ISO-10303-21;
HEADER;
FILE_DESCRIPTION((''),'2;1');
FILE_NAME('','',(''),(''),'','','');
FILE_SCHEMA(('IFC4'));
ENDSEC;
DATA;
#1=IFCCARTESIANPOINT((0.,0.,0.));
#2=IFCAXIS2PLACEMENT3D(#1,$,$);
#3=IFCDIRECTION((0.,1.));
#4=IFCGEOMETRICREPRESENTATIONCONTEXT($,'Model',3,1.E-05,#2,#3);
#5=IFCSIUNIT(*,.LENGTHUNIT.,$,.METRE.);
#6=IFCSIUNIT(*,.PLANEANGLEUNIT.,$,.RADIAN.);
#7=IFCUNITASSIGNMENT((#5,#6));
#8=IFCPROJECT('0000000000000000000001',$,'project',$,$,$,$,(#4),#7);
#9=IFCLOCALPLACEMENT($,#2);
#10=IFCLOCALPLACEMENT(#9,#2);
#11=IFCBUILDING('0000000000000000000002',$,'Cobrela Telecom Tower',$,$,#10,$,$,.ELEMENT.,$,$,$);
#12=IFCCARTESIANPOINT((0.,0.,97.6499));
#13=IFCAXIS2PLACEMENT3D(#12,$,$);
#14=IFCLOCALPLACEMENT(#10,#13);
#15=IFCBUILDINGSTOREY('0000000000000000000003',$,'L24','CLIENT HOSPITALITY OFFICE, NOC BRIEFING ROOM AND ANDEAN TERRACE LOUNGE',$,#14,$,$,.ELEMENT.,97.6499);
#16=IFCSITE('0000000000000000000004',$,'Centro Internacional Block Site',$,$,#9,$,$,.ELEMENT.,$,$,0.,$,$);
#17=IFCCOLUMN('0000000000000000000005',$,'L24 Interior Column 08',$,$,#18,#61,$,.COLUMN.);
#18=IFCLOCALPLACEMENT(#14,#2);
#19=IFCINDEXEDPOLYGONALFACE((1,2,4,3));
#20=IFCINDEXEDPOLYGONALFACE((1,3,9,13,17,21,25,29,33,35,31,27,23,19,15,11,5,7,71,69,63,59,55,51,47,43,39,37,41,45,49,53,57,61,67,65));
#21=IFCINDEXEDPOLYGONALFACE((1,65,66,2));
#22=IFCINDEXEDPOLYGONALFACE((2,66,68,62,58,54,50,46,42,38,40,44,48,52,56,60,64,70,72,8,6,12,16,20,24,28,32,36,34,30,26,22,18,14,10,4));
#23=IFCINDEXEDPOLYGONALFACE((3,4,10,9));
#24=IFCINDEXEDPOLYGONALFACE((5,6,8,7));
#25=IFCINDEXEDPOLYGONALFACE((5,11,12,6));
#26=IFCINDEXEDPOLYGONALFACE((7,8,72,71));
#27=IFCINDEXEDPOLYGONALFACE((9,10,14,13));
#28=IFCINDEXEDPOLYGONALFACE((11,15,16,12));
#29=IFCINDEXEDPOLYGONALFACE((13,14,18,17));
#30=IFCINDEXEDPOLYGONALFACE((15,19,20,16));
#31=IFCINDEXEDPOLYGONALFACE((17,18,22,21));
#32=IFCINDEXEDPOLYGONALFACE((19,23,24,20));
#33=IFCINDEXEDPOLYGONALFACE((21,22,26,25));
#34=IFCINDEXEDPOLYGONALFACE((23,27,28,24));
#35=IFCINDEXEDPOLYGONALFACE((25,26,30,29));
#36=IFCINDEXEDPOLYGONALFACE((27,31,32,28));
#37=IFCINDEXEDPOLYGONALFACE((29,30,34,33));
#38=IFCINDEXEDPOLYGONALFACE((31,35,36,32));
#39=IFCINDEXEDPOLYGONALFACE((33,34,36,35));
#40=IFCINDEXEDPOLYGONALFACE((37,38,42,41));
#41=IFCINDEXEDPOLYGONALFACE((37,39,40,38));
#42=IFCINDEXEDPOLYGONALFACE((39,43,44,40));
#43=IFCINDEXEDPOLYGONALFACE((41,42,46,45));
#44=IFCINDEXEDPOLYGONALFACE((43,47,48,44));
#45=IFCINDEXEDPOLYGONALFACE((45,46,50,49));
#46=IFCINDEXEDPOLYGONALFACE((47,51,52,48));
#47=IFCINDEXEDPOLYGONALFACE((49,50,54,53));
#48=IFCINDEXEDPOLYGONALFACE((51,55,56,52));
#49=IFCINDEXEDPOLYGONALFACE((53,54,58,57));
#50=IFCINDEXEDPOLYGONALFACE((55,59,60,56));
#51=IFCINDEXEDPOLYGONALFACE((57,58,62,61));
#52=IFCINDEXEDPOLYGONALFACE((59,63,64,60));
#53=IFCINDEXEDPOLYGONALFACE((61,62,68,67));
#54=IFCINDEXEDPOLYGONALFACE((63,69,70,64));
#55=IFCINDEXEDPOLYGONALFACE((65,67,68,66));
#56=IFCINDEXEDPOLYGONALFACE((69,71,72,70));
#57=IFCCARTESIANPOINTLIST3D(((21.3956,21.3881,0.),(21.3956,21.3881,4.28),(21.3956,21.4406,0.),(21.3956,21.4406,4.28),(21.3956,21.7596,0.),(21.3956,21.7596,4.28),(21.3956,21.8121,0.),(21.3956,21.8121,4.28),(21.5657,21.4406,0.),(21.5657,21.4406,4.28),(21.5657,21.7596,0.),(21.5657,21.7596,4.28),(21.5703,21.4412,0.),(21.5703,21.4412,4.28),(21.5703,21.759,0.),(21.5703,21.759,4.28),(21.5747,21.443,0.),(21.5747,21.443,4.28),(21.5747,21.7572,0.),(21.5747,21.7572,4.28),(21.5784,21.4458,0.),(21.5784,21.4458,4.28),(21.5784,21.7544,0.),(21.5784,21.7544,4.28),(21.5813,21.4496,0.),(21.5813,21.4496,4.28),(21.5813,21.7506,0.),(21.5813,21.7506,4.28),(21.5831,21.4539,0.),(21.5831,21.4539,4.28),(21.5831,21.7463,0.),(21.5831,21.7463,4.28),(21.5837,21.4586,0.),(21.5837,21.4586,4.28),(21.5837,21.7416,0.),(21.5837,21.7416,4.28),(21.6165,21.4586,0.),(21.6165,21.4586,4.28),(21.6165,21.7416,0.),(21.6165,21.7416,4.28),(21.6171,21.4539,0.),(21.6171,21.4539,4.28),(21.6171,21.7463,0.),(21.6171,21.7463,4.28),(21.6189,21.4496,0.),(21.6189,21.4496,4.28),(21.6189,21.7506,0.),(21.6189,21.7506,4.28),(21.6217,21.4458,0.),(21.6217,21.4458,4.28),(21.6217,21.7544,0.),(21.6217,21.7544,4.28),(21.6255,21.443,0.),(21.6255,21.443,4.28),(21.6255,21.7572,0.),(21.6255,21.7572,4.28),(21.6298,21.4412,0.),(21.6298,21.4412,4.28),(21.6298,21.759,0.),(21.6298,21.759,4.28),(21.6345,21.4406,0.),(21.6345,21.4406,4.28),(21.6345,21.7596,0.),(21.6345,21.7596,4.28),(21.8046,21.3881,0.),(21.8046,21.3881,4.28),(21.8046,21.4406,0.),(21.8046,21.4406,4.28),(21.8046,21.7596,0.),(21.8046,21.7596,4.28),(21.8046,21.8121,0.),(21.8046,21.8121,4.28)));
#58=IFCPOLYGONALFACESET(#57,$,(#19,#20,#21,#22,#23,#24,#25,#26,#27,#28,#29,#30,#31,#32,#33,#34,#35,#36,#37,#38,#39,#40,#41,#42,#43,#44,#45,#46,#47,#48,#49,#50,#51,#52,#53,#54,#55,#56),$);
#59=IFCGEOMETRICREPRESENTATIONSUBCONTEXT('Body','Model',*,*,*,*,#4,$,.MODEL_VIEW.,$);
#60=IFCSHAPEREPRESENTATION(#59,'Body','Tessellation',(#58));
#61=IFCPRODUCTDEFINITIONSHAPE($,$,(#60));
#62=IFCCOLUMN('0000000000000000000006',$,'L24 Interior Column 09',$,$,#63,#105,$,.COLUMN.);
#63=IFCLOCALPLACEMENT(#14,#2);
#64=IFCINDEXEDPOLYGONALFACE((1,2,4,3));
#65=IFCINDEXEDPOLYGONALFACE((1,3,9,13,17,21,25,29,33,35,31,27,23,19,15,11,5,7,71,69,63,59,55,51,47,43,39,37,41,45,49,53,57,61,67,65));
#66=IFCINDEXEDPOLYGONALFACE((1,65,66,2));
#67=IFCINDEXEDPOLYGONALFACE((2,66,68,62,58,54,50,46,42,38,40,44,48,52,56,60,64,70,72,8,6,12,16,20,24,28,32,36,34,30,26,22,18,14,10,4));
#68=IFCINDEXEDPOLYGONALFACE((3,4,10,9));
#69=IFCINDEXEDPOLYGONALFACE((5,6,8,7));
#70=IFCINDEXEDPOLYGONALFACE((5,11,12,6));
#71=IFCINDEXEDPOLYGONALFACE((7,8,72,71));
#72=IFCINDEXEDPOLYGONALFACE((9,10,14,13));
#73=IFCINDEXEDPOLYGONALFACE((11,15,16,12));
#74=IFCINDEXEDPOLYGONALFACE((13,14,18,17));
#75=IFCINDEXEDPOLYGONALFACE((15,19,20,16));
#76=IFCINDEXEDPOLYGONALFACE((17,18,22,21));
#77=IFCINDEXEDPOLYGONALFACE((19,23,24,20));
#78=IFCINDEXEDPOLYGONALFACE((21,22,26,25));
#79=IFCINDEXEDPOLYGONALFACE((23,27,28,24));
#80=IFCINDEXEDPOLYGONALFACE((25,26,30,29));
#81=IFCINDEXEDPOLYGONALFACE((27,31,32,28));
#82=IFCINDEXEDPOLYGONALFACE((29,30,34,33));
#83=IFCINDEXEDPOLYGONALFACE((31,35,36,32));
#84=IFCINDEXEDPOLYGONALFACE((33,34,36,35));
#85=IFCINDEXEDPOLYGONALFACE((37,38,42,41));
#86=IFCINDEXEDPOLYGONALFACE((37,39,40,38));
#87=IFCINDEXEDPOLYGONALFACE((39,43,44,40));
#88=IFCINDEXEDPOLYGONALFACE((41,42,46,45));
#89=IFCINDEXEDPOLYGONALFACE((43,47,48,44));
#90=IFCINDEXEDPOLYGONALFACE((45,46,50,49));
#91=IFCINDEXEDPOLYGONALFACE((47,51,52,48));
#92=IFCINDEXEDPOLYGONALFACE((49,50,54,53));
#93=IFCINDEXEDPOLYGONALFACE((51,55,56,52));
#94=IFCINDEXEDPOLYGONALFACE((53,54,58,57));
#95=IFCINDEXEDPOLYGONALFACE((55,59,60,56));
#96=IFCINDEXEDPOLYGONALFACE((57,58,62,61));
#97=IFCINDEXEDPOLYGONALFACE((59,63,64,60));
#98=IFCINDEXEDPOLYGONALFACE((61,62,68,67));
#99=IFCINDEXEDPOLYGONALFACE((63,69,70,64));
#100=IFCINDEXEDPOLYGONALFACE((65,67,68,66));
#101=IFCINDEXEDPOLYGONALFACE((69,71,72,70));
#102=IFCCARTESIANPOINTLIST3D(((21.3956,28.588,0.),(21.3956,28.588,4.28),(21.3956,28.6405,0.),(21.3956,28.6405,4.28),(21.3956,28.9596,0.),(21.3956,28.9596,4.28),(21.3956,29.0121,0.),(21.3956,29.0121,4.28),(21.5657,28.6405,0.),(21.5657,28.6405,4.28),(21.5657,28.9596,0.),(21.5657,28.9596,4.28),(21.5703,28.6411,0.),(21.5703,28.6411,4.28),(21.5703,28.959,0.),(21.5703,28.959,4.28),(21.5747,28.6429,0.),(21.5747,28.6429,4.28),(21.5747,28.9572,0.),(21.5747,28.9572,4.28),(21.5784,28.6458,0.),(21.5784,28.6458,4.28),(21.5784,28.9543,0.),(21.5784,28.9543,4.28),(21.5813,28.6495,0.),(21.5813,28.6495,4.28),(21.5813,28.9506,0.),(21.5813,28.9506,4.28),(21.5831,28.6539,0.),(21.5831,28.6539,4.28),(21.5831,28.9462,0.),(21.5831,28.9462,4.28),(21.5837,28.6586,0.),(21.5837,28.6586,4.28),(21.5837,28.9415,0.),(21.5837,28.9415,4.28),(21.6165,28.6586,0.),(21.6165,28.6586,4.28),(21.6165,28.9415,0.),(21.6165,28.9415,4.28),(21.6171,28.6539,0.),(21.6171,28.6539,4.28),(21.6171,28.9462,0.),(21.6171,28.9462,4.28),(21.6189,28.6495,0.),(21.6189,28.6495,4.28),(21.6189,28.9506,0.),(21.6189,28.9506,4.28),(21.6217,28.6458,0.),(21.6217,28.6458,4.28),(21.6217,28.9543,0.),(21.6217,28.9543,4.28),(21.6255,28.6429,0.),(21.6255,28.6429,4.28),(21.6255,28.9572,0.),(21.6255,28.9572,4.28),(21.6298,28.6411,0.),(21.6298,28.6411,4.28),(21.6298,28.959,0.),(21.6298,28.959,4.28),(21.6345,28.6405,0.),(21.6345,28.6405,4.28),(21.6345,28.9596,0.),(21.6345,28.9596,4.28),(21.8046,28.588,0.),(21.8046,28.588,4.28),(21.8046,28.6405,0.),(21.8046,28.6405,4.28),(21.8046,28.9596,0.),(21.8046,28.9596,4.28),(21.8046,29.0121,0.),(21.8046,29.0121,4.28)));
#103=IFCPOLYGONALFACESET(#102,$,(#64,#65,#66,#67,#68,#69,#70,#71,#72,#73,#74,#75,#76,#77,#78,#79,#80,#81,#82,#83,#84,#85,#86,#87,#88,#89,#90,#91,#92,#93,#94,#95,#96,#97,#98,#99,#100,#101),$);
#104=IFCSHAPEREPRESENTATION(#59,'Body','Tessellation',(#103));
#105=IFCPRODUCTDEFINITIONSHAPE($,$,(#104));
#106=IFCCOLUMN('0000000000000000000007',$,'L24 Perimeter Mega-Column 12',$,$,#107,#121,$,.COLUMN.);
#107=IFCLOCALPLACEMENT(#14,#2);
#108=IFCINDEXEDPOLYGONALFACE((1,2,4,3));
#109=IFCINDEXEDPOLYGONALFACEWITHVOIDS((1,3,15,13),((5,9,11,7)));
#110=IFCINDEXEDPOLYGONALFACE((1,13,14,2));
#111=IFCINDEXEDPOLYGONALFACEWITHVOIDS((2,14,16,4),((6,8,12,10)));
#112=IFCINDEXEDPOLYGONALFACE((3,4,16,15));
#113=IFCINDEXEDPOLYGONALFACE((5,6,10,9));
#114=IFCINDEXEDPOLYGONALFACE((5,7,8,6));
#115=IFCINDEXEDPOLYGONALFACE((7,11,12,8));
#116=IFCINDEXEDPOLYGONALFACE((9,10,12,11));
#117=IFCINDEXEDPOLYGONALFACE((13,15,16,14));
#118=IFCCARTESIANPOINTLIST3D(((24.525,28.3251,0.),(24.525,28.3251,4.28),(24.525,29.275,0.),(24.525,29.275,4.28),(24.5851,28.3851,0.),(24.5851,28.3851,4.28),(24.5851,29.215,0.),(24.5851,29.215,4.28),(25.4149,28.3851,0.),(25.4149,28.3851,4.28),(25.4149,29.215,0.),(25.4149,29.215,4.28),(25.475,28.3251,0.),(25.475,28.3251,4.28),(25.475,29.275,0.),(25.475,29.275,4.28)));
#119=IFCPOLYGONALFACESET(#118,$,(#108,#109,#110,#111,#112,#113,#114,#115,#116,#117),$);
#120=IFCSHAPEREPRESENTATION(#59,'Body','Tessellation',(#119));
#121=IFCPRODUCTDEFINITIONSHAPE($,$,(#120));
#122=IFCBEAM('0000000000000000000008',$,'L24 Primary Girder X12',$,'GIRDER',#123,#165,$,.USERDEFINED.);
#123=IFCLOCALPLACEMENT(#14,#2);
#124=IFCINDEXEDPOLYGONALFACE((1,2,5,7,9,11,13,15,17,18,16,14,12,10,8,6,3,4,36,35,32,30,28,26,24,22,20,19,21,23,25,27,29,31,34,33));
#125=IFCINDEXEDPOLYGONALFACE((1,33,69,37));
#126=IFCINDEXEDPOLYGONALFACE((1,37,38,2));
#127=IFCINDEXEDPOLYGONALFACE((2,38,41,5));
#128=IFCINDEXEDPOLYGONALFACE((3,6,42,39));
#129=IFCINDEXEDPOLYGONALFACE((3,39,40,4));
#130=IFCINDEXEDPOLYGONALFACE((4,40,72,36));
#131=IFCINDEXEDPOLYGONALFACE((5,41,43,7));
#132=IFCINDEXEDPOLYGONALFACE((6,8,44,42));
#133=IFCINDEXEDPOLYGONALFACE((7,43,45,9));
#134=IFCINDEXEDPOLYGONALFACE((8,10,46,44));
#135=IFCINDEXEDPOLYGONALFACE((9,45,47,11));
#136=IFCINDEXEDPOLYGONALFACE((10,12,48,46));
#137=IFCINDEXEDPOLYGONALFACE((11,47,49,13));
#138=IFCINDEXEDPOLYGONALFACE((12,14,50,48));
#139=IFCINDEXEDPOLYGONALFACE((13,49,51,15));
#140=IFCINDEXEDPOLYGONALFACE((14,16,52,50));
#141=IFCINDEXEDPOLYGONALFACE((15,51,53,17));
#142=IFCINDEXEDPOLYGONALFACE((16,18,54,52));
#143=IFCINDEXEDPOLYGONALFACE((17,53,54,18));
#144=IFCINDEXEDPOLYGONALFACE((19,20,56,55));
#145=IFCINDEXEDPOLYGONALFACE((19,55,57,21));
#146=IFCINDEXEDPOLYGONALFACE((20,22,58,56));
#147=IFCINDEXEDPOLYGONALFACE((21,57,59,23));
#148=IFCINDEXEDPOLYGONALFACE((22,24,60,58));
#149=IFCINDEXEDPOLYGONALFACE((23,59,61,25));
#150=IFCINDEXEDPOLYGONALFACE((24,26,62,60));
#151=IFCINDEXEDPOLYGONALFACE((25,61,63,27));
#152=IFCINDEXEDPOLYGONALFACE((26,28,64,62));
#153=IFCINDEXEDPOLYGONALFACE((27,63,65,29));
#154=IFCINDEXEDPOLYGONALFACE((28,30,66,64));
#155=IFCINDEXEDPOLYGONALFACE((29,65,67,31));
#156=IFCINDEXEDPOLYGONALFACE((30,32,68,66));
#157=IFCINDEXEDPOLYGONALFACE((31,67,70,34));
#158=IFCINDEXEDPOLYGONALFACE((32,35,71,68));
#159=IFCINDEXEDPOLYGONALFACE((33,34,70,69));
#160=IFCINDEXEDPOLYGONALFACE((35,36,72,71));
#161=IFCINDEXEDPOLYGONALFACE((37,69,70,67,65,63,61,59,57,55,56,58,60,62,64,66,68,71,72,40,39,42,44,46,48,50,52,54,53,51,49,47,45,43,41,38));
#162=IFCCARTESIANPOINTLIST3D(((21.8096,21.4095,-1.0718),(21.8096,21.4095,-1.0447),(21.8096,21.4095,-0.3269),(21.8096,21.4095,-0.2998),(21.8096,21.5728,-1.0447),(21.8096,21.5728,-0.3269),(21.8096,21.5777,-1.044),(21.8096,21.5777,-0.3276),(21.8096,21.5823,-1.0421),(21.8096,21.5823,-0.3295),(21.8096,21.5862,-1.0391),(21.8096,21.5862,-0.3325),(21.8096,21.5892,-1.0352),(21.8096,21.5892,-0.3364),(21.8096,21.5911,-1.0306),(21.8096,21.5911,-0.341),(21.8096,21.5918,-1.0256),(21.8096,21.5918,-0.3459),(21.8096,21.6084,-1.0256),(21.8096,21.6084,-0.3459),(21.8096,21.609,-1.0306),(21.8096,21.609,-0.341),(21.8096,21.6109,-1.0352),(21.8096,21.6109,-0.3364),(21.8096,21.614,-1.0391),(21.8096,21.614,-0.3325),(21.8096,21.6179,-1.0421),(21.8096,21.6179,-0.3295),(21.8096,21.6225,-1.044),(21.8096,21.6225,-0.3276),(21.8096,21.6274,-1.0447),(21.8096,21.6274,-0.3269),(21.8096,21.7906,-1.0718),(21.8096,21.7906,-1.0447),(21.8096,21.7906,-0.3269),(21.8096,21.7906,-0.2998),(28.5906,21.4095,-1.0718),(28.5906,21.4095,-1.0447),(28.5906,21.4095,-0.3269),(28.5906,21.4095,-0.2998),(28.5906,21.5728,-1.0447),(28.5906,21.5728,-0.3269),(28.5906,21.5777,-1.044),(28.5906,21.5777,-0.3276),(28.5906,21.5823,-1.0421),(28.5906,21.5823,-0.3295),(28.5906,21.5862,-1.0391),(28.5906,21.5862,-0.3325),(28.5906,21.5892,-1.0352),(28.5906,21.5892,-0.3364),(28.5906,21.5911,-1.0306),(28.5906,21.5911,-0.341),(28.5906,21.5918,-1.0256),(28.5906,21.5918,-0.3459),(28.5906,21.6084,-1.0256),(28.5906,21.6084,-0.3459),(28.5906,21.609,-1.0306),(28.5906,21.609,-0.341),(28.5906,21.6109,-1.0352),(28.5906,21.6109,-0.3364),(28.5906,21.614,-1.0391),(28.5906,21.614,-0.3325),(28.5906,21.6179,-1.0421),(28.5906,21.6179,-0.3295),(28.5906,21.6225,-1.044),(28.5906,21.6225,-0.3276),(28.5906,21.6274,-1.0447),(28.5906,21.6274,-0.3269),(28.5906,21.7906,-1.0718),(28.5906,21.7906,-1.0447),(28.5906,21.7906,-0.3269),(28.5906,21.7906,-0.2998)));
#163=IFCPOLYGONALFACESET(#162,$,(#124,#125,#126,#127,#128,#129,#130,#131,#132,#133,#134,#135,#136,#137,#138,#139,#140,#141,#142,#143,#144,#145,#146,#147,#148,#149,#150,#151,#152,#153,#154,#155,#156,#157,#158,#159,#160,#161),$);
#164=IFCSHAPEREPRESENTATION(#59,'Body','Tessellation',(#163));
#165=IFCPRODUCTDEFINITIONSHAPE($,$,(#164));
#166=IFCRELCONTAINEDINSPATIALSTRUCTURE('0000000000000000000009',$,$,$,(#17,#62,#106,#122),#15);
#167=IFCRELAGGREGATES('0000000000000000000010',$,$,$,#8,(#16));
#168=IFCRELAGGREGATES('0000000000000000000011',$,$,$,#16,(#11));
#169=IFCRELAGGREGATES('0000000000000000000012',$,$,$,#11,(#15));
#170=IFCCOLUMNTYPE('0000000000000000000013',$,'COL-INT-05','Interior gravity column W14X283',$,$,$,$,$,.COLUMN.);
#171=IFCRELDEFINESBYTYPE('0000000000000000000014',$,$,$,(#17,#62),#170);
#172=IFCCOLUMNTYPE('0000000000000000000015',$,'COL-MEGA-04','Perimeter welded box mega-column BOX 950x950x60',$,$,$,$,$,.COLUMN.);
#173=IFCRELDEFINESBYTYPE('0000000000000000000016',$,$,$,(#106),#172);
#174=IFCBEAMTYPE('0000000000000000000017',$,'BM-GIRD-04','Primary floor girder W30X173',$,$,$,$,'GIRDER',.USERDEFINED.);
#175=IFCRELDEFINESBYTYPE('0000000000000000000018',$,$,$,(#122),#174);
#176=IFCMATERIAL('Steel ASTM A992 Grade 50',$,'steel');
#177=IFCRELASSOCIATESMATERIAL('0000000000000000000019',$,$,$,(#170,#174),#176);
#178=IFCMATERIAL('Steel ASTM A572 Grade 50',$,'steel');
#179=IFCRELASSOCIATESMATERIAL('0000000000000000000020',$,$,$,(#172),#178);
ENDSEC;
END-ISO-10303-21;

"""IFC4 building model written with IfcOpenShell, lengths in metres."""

from ifc_helpers import new_model, si_unit, direction, frame, origin, origin_2d, place, context, subcontext, project, spatial, hollow_rectangle, i_section, extrude, material, material_profile, profile_set, type_object, element, save


model = new_model("IFC4")

# Units and contexts
model_context = context("Model", 3, precision=1e-05, world=origin(), true_north=direction((0.0, 1.0)))
body_context = subcontext(model_context, "Body", "Model", "MODEL_VIEW")
ifc_project = project(units=[si_unit("LENGTHUNIT", "METRE"), si_unit("PLANEANGLEUNIT", "RADIAN")], contexts=[model_context])

# Site, building, storey
site_placement = place(None, origin())
site = spatial("IfcSite", under=ifc_project, at=site_placement, Name="Centro Internacional Block Site", CompositionType="ELEMENT", RefElevation=0.0)
building_placement = place(site_placement, origin())
building = spatial("IfcBuilding", under=site, at=building_placement, Name="Cobrela Telecom Tower", CompositionType="ELEMENT")
storey_placement = place(building_placement, frame((0.0, 0.0, 97.6499)))
storey = spatial("IfcBuildingStorey", under=building, at=storey_placement, Name="L24", Description="CLIENT HOSPITALITY OFFICE, NOC BRIEFING ROOM AND ANDEAN TERRACE LOUNGE", CompositionType="ELEMENT", Elevation=97.6499)

# Columns
ifc_material_1 = material(Name="Steel ASTM A992 Grade 50", Category="steel")
ifc_material_profile_1 = material_profile(ifc_material_1, i_section(OverallWidth=0.4089, OverallDepth=0.4241, WebThickness=0.0327, FlangeThickness=0.0525, FilletRadius=0.0181, at=origin_2d()), Name="W14X283")
ifc_profile_set_1 = profile_set([ifc_material_profile_1], Name="Steel ASTM A992 Grade 50")
column_type_1 = type_object("IfcColumnType", Name="COL-INT-05", Description="Interior gravity column W14X283", PredefinedType="COLUMN", material=ifc_profile_set_1)
for number, where, z_axis, x_axis, name in (
    (1, (21.6001, 21.6001, 0.0), (0.0, 0.0, 1.0), (1.0, 0.0, 0.0), "L24 Interior Column 08"),
    (2, (21.6001, 28.8, 0.0), (0.0, 0.0, 1.0), (1.0, 0.0, 0.0), "L24 Interior Column 09"),
):
    element("IfcColumn", number, at=place(storey_placement, frame(where, z_axis=z_axis, x_axis=x_axis)), inside=storey, type_object=column_type_1, Name=name, PredefinedType="COLUMN", context=body_context, shape_type="SweptSolid", body=[
        extrude(i_section(OverallWidth=0.4089, OverallDepth=0.4241, WebThickness=0.0327, FlangeThickness=0.0525, FilletRadius=0.0181, at=origin_2d()), origin(), (0.0, 0.0, 1.0), 4.28),
    ])
ifc_material_2 = material(Name="Steel ASTM A572 Grade 50", Category="steel")
ifc_material_profile_2 = material_profile(ifc_material_2, hollow_rectangle(XDim=0.95, YDim=0.95, WallThickness=0.0601, at=origin_2d()), Name="BOX 950x950x60")
ifc_profile_set_2 = profile_set([ifc_material_profile_2], Name="Steel ASTM A572 Grade 50")
column_type_2 = type_object("IfcColumnType", Name="COL-MEGA-04", Description="Perimeter welded box mega-column BOX 950x950x60", PredefinedType="COLUMN", material=ifc_profile_set_2)
column_placement = place(storey_placement, frame((25.0, 28.8, 0.0), z_axis=(0.0, 0.0, 1.0), x_axis=(1.0, 0.0, 0.0)))
element("IfcColumn", 3, at=column_placement, inside=storey, type_object=column_type_2, Name="L24 Perimeter Mega-Column 12", PredefinedType="COLUMN", context=body_context, shape_type="SweptSolid", body=[
    extrude(hollow_rectangle(XDim=0.95, YDim=0.95, WallThickness=0.0601, at=origin_2d()), origin(), (0.0, 0.0, 1.0), 4.28),
])

# Beam
ifc_material_profile_3 = material_profile(ifc_material_1, i_section(OverallWidth=0.3811, OverallDepth=0.772, WebThickness=0.0166, FlangeThickness=0.0271, FilletRadius=0.019, at=origin_2d()), Name="W30X173")
ifc_profile_set_3 = profile_set([ifc_material_profile_3], Name="Steel ASTM A992 Grade 50")
beam_type_1 = type_object("IfcBeamType", Name="BM-GIRD-04", Description="Primary floor girder W30X173", ElementType="GIRDER", PredefinedType="USERDEFINED", material=ifc_profile_set_3)
beam_1_placement = place(storey_placement, frame((21.8096, 21.6001, -0.6858), z_axis=(1.0, 0.0, 0.0), x_axis=(0.0, 1.0, 0.0)))
element("IfcBeam", 4, at=beam_1_placement, inside=storey, type_object=beam_type_1, Name="L24 Primary Girder X12", ObjectType="GIRDER", PredefinedType="USERDEFINED", context=body_context, shape_type="SweptSolid", body=[
    extrude(i_section(OverallWidth=0.3811, OverallDepth=0.772, WebThickness=0.0166, FlangeThickness=0.0271, FilletRadius=0.019, at=origin_2d()), origin(), (0.0, 0.0, 1.0), 6.781),
])

save(model, "model.ifc")
